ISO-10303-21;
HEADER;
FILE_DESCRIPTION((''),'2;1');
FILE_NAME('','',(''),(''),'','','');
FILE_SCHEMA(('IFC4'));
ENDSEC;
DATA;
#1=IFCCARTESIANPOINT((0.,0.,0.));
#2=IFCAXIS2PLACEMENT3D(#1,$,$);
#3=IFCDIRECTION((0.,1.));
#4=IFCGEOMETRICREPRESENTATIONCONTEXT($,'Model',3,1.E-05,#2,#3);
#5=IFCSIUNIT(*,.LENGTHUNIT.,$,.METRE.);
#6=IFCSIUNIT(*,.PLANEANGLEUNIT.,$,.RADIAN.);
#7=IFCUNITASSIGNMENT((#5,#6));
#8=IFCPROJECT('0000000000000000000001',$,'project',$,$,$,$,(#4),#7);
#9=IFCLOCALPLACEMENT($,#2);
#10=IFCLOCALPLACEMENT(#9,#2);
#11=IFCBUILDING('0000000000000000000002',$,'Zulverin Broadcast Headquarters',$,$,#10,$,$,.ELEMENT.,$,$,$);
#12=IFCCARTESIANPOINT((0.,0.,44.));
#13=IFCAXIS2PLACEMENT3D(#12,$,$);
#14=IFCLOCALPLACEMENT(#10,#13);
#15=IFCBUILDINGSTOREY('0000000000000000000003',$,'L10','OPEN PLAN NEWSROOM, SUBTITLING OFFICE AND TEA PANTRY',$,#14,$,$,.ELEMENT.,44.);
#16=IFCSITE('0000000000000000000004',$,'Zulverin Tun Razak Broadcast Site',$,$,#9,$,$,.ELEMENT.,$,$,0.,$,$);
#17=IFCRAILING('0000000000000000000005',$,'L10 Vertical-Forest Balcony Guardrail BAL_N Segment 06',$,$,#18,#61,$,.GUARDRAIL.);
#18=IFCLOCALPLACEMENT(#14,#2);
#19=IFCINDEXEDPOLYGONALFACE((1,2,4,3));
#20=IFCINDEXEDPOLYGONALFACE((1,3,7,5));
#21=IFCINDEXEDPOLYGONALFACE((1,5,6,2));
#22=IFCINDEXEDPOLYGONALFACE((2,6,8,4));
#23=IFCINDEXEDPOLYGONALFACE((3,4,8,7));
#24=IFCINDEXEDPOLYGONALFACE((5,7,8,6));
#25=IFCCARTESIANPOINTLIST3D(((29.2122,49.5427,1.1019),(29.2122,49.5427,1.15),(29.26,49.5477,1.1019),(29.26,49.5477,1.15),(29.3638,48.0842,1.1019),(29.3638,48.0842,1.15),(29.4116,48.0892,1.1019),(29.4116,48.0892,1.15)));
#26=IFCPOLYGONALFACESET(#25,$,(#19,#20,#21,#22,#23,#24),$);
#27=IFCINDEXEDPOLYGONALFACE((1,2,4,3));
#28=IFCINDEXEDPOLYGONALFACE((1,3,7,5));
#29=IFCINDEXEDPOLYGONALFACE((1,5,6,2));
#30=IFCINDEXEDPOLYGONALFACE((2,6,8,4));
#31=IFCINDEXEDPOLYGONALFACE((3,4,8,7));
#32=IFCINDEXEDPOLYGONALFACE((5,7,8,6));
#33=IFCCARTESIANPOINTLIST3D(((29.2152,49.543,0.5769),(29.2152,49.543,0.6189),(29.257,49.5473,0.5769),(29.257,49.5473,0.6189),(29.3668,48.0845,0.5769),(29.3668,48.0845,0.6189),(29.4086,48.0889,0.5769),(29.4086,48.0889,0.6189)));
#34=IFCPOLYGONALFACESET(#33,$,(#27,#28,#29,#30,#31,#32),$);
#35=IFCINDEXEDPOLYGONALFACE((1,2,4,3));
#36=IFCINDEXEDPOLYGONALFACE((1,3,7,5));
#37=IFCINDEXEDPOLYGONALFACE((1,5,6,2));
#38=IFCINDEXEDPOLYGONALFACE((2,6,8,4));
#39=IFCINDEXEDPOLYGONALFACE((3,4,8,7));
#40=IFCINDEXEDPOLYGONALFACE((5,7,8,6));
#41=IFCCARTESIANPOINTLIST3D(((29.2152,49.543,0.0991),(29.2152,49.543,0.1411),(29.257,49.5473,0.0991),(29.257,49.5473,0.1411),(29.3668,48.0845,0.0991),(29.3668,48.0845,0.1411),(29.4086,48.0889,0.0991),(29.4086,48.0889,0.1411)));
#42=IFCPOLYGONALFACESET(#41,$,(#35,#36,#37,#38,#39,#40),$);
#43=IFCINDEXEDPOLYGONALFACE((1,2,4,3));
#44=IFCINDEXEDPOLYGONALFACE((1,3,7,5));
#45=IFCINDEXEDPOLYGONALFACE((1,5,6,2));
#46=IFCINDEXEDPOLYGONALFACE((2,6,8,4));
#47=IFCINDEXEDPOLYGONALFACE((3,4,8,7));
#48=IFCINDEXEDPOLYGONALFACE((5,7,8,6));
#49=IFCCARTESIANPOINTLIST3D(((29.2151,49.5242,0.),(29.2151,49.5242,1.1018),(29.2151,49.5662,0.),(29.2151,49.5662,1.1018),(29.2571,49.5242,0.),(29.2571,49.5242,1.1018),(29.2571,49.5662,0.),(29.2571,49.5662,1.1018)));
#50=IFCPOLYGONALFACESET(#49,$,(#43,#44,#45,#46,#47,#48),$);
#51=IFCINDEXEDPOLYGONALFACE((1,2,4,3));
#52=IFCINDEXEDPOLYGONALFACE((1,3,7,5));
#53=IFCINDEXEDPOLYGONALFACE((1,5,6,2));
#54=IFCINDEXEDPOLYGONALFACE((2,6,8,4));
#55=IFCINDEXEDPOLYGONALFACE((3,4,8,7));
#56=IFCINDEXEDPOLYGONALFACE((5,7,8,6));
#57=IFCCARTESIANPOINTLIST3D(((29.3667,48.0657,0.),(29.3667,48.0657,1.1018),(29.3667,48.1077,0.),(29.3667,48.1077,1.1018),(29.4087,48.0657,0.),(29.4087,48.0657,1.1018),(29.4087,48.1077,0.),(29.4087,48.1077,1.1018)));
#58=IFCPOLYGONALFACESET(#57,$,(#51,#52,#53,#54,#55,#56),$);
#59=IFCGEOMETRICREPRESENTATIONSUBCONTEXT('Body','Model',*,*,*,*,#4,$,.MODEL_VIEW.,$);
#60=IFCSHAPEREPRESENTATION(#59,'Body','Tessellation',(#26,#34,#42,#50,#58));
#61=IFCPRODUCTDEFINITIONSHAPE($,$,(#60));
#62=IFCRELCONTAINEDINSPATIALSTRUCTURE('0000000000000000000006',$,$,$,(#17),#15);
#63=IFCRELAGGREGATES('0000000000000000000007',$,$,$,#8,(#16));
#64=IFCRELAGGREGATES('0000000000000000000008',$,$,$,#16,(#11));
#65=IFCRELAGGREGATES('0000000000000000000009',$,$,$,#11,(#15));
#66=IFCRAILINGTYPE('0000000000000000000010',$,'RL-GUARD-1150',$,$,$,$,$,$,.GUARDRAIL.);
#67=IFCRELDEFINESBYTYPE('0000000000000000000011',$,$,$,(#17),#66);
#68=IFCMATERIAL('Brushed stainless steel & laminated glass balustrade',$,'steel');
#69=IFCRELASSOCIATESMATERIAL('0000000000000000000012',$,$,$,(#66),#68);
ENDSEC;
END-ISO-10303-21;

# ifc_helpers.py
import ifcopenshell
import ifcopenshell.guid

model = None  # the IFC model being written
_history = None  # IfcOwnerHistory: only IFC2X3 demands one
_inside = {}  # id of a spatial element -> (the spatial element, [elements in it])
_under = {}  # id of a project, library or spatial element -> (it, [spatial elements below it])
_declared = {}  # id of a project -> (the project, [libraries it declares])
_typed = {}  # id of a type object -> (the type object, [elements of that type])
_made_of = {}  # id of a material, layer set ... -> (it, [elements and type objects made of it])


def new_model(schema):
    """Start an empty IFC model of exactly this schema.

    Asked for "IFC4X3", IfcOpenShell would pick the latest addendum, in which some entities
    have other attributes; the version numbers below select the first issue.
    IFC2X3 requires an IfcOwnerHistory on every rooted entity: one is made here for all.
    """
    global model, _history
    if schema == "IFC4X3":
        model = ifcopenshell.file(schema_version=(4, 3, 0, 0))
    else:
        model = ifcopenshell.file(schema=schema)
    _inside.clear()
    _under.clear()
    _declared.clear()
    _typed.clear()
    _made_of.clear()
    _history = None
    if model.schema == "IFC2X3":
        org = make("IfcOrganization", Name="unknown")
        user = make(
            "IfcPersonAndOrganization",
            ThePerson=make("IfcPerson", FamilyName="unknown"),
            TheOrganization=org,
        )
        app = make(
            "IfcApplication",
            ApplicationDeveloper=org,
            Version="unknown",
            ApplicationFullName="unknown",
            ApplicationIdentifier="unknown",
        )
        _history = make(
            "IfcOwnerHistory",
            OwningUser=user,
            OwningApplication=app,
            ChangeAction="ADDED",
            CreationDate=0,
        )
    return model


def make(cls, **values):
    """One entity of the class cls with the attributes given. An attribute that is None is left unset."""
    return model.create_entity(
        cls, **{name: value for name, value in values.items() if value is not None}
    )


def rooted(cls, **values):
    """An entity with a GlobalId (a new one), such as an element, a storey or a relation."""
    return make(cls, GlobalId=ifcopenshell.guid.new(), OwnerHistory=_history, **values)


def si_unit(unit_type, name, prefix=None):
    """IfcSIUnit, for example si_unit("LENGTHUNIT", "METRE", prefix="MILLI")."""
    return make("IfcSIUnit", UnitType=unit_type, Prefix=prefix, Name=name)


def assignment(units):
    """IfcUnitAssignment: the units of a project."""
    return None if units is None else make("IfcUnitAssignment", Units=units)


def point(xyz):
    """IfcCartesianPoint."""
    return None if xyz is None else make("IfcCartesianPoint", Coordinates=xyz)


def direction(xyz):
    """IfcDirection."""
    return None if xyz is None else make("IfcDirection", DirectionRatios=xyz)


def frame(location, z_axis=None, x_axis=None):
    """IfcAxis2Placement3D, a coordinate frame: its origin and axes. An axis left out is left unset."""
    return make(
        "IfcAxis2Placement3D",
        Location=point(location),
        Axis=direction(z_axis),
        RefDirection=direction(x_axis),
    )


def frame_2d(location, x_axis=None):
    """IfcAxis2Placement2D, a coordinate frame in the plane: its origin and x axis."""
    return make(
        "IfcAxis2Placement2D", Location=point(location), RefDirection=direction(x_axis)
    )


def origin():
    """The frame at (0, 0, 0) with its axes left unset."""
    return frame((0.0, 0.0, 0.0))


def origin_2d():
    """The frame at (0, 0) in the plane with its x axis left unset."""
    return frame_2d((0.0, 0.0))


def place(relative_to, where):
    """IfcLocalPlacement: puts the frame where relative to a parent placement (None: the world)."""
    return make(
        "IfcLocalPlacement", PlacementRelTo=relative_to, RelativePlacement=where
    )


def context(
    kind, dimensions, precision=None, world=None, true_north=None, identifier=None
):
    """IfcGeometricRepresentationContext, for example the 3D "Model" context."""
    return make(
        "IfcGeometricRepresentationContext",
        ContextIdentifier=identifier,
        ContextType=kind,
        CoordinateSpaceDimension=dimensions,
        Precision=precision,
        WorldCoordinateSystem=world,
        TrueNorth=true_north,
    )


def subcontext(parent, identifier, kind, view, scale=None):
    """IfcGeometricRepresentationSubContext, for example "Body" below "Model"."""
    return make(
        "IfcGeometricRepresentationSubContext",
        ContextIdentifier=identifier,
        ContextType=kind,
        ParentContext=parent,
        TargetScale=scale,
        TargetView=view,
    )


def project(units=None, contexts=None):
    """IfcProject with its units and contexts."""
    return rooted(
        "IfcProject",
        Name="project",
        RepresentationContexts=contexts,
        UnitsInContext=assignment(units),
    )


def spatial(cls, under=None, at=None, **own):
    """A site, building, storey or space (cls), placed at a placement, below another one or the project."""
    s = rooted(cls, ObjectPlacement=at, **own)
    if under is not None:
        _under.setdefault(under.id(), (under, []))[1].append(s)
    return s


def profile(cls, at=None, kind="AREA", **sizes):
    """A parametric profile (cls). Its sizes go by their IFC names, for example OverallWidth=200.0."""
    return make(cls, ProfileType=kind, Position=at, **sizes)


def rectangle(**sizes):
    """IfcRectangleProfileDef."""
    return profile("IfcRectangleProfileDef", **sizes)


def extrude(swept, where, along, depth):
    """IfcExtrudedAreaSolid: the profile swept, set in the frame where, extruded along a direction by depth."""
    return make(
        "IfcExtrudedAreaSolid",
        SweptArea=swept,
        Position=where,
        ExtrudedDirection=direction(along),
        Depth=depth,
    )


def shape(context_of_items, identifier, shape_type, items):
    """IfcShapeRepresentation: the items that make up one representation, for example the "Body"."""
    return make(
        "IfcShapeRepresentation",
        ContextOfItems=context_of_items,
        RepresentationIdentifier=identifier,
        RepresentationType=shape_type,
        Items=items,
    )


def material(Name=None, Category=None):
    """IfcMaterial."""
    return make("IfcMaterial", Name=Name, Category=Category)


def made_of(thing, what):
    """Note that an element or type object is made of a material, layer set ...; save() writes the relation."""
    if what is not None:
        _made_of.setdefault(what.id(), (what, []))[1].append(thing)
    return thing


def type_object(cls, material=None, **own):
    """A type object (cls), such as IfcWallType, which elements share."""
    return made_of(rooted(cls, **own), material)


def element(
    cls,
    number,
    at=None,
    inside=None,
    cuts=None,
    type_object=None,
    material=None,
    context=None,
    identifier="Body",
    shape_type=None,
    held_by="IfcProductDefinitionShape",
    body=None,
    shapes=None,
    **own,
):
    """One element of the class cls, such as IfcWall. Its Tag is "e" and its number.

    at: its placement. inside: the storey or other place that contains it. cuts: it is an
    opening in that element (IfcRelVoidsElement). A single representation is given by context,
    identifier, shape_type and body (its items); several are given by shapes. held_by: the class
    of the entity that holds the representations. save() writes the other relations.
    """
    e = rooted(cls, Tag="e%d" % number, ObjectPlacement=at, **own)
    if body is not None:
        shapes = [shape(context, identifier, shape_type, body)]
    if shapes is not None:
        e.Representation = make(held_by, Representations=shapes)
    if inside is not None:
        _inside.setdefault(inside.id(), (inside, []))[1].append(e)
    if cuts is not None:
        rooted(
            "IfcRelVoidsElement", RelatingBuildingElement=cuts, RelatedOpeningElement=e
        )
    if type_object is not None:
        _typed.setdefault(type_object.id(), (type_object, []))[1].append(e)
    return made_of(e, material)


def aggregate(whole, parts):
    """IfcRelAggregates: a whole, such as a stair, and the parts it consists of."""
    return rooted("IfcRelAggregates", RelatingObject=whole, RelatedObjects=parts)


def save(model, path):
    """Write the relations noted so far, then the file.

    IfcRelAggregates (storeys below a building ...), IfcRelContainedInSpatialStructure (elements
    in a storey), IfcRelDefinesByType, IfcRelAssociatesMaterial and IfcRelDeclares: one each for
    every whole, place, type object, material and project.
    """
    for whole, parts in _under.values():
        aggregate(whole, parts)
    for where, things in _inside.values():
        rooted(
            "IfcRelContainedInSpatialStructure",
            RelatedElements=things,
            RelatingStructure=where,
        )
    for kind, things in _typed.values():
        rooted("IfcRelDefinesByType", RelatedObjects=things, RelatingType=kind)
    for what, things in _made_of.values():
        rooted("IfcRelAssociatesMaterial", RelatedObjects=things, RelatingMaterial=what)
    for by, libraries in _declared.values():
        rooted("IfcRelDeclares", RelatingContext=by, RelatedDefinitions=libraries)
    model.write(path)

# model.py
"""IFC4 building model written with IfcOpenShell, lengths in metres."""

from ifc_helpers import new_model, si_unit, direction, frame, origin, origin_2d, place, context, subcontext, project, spatial, rectangle, extrude, material, type_object, element, save


model = new_model("IFC4")

# Units and contexts
model_context = context("Model", 3, precision=1e-05, world=origin(), true_north=direction((0.0, 1.0)))
body_context = subcontext(model_context, "Body", "Model", "MODEL_VIEW")
ifc_project = project(units=[si_unit("LENGTHUNIT", "METRE"), si_unit("PLANEANGLEUNIT", "RADIAN")], contexts=[model_context])

# Site, building, storey
site_placement = place(None, origin())
site = spatial("IfcSite", under=ifc_project, at=site_placement, Name="Zulverin Tun Razak Broadcast Site", CompositionType="ELEMENT", RefElevation=0.0)
building_placement = place(site_placement, origin())
building = spatial("IfcBuilding", under=site, at=building_placement, Name="Zulverin Broadcast Headquarters", CompositionType="ELEMENT")
storey_placement = place(building_placement, frame((0.0, 0.0, 44.0)))
storey = spatial("IfcBuildingStorey", under=building, at=storey_placement, Name="L10", Description="OPEN PLAN NEWSROOM, SUBTITLING OFFICE AND TEA PANTRY", CompositionType="ELEMENT", Elevation=44.0)

# Railing
ifc_material_1 = material(Name="Brushed stainless steel & laminated glass balustrade", Category="steel")
railing_type = type_object("IfcRailingType", Name="RL-GUARD-1150", PredefinedType="GUARDRAIL", material=ifc_material_1)
railing_1_placement = place(storey_placement, frame((29.2361, 49.5452, 0.0)))
element("IfcRailing", 1, at=railing_1_placement, inside=storey, type_object=railing_type, Name="L10 Vertical-Forest Balcony Guardrail BAL_N Segment 06", PredefinedType="GUARDRAIL", context=body_context, shape_type="SweptSolid", body=[
    extrude(rectangle(XDim=0.0481, YDim=0.0481, at=origin_2d()), frame((0.0, 0.0, 1.126), z_axis=(0.103393, -0.994641, 0.0), x_axis=(0.994641, 0.103393, 0.0)), (0.0, 0.0, 1.0), 1.4663),
    extrude(rectangle(XDim=0.042, YDim=0.042, at=origin_2d()), frame((0.0, 0.0, 0.5979), z_axis=(0.103393, -0.994641, 0.0), x_axis=(0.994641, 0.103393, 0.0)), (0.0, 0.0, 1.0), 1.4663),
    extrude(rectangle(XDim=0.042, YDim=0.042, at=origin_2d()), frame((0.0, 0.0, 0.1201), z_axis=(0.103393, -0.994641, 0.0), x_axis=(0.994641, 0.103393, 0.0)), (0.0, 0.0, 1.0), 1.4663),
    extrude(rectangle(XDim=0.042, YDim=0.042, at=origin_2d()), origin(), (0.0, 0.0, 1.0), 1.1018),
    extrude(rectangle(XDim=0.042, YDim=0.042, at=origin_2d()), frame((0.1516, -1.4585, 0.0)), (0.0, 0.0, 1.0), 1.1018),
])

save(model, "model.ifc")
